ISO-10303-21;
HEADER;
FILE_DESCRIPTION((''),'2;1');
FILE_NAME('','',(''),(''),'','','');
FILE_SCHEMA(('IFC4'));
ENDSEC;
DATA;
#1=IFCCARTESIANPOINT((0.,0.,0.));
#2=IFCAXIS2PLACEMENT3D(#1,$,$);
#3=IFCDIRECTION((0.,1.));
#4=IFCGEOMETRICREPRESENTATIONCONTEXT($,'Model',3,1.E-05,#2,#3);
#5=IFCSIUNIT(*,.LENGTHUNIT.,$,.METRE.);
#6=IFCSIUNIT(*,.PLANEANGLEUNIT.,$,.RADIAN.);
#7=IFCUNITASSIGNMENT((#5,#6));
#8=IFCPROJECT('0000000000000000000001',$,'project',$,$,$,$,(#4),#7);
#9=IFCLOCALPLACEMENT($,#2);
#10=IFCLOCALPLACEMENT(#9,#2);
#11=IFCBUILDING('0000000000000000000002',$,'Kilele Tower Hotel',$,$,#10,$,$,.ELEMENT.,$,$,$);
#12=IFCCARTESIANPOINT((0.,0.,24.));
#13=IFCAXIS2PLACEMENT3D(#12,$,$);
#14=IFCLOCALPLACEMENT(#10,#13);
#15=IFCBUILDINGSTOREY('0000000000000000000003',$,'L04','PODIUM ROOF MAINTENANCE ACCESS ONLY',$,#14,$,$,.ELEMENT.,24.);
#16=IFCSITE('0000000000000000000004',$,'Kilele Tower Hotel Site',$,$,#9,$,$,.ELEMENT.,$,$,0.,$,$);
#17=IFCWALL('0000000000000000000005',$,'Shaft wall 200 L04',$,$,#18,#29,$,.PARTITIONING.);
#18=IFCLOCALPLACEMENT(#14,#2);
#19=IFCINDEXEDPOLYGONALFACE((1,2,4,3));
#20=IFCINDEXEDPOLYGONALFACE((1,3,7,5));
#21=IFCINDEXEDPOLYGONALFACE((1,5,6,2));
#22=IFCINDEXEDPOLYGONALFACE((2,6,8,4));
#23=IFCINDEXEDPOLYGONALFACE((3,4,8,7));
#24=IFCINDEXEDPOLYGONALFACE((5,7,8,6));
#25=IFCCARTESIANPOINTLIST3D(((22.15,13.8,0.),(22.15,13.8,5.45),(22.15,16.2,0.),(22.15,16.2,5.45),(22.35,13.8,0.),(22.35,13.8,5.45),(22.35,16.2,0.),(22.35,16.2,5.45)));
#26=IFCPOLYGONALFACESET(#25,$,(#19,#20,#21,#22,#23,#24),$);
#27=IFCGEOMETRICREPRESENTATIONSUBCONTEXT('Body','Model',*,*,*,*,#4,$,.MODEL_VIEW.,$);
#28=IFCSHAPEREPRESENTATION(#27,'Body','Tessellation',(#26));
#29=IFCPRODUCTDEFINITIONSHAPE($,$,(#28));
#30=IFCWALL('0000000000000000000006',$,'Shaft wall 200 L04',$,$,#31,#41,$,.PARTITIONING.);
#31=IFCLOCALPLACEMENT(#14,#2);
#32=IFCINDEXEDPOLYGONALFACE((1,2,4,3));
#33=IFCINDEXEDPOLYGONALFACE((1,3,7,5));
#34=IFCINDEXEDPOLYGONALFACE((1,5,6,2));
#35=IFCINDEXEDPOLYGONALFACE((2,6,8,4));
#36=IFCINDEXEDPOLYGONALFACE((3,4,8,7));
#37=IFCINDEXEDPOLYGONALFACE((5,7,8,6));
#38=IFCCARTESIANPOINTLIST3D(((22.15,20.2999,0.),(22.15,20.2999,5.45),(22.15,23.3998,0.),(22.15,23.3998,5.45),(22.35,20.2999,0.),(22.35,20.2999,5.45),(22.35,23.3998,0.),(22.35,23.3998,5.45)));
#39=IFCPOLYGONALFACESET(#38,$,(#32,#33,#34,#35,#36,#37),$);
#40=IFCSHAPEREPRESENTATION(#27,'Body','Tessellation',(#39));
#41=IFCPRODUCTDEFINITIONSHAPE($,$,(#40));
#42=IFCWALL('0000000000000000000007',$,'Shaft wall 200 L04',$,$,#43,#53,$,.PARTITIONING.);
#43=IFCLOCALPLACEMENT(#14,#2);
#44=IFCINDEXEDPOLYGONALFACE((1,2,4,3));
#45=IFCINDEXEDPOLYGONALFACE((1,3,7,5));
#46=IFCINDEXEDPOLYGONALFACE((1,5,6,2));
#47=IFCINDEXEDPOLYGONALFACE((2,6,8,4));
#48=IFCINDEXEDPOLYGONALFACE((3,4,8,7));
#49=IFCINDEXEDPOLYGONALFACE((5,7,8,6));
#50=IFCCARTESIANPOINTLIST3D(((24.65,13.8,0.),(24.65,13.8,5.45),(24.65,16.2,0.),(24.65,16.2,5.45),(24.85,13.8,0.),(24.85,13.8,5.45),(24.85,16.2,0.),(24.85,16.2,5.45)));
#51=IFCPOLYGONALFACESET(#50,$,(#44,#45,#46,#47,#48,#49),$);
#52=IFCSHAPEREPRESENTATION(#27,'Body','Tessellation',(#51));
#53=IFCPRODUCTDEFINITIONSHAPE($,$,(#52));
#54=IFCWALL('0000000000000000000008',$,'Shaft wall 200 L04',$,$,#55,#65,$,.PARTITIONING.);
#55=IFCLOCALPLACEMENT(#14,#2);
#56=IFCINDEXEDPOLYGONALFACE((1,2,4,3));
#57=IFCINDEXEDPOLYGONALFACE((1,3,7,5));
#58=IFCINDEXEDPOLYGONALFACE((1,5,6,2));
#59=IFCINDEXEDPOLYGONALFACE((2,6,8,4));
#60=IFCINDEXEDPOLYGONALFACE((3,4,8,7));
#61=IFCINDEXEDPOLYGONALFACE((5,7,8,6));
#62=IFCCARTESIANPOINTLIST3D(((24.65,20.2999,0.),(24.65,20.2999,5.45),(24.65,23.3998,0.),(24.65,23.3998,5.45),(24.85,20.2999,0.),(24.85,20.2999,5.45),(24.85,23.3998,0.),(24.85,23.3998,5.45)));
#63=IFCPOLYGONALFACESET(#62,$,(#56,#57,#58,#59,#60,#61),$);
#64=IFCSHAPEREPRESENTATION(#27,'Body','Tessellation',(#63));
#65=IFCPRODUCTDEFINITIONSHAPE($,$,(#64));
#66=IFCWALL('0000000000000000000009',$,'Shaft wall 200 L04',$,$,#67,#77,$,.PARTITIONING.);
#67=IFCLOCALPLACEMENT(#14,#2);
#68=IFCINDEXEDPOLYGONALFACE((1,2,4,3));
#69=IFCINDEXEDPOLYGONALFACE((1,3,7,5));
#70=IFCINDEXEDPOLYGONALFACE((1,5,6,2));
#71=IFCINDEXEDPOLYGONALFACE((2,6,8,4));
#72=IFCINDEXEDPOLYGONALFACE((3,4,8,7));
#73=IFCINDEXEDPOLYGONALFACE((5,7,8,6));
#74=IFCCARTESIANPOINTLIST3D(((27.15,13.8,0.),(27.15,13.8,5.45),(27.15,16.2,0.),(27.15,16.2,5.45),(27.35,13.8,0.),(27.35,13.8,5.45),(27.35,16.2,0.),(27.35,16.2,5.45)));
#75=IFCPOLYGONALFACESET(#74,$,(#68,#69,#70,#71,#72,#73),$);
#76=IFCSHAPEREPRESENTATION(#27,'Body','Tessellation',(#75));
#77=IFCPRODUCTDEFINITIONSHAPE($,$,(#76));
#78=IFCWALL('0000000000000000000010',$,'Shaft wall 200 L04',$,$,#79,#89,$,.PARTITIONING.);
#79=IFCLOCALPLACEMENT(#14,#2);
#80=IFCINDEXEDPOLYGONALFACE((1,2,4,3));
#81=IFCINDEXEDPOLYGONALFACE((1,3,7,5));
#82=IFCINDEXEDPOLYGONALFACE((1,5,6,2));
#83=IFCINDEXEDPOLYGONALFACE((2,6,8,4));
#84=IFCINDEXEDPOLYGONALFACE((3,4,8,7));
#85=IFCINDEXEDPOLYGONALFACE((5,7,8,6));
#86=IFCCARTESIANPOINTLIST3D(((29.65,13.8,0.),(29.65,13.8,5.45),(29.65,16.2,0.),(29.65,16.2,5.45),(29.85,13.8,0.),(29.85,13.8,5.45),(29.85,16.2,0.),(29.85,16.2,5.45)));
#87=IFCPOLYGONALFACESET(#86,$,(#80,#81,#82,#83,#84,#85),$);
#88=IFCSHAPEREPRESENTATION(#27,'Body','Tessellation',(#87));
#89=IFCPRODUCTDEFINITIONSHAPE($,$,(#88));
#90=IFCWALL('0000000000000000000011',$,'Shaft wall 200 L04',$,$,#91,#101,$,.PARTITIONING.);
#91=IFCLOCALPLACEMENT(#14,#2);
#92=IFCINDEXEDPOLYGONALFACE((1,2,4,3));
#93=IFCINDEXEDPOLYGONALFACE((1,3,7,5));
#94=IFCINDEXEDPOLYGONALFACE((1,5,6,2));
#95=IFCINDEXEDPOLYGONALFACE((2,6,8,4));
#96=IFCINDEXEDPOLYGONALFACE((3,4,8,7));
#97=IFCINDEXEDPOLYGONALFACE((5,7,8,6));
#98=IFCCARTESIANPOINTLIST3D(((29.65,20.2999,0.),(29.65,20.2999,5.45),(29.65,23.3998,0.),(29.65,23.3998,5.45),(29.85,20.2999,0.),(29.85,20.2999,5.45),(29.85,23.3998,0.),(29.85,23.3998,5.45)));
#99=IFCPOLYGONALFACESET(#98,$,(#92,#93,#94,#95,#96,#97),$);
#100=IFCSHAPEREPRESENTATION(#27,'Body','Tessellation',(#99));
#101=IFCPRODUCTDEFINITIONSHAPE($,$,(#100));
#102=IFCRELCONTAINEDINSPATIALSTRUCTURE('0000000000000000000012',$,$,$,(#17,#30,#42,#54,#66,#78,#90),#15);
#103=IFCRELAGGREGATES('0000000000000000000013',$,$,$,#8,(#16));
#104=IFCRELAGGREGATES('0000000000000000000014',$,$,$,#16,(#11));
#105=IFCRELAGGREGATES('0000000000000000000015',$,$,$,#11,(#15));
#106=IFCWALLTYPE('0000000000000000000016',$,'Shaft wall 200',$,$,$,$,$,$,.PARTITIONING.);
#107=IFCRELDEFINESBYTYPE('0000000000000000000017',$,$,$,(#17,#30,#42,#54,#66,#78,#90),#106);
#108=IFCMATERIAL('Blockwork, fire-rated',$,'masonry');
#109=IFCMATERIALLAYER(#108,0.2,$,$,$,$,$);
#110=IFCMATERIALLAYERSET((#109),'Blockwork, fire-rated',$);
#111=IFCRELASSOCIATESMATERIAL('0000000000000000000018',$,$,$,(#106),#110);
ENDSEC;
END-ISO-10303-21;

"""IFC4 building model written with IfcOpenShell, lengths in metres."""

from ifc_helpers import new_model, si_unit, direction, frame, frame_2d, origin, place, context, subcontext, project, spatial, rectangle, extrude, material, layer, layer_set, type_object, element, save


model = new_model("IFC4")

# Units and contexts
model_context = context("Model", 3, precision=1e-05, world=origin(), true_north=direction((0.0, 1.0)))
body_context = subcontext(model_context, "Body", "Model", "MODEL_VIEW")
ifc_project = project(units=[si_unit("LENGTHUNIT", "METRE"), si_unit("PLANEANGLEUNIT", "RADIAN")], contexts=[model_context])

# Site, building, storey
site_placement = place(None, origin())
site = spatial("IfcSite", under=ifc_project, at=site_placement, Name="Kilele Tower Hotel Site", CompositionType="ELEMENT", RefElevation=0.0)
building_placement = place(site_placement, origin())
building = spatial("IfcBuilding", under=site, at=building_placement, Name="Kilele Tower Hotel", CompositionType="ELEMENT")
storey_placement = place(building_placement, frame((0.0, 0.0, 24.0)))
storey = spatial("IfcBuildingStorey", under=building, at=storey_placement, Name="L04", Description="PODIUM ROOF MAINTENANCE ACCESS ONLY", CompositionType="ELEMENT", Elevation=24.0)

# Walls
ifc_material_1 = material(Name="Blockwork, fire-rated", Category="masonry")
ifc_layer_1 = layer(ifc_material_1, 0.2)
ifc_layer_set_1 = layer_set([ifc_layer_1], Name="Blockwork, fire-rated")
wall_type_1 = type_object("IfcWallType", Name="Shaft wall 200", PredefinedType="PARTITIONING", material=ifc_layer_set_1)
wall_1_placement = place(storey_placement, frame((22.25, 13.8, 0.0), z_axis=(0.0, 0.0, 1.0), x_axis=(0.0, 1.0, 0.0)))
element("IfcWall", 1, at=wall_1_placement, inside=storey, type_object=wall_type_1, Name="Shaft wall 200 L04", PredefinedType="PARTITIONING", context=body_context, shape_type="SweptSolid", body=[
    extrude(rectangle(XDim=2.3999, YDim=0.2, at=frame_2d((1.2, 0.0))), origin(), (0.0, 0.0, 1.0), 5.45),
])
wall_2_placement = place(storey_placement, frame((22.25, 20.3, 0.0), z_axis=(0.0, 0.0, 1.0), x_axis=(0.0, 1.0, 0.0)))
element("IfcWall", 2, at=wall_2_placement, inside=storey, type_object=wall_type_1, Name="Shaft wall 200 L04", PredefinedType="PARTITIONING", context=body_context, shape_type="SweptSolid", body=[
    extrude(rectangle(XDim=3.0999, YDim=0.2, at=frame_2d((1.5498, 0.0))), origin(), (0.0, 0.0, 1.0), 5.45),
])
wall_3_placement = place(storey_placement, frame((24.75, 13.8, 0.0), z_axis=(0.0, 0.0, 1.0), x_axis=(0.0, 1.0, 0.0)))
element("IfcWall", 3, at=wall_3_placement, inside=storey, type_object=wall_type_1, Name="Shaft wall 200 L04", PredefinedType="PARTITIONING", context=body_context, shape_type="SweptSolid", body=[
    extrude(rectangle(XDim=2.3999, YDim=0.2, at=frame_2d((1.2, 0.0))), origin(), (0.0, 0.0, 1.0), 5.45),
])
wall_4_placement = place(storey_placement, frame((24.75, 20.3, 0.0), z_axis=(0.0, 0.0, 1.0), x_axis=(0.0, 1.0, 0.0)))
element("IfcWall", 4, at=wall_4_placement, inside=storey, type_object=wall_type_1, Name="Shaft wall 200 L04", PredefinedType="PARTITIONING", context=body_context, shape_type="SweptSolid", body=[
    extrude(rectangle(XDim=3.0999, YDim=0.2, at=frame_2d((1.5498, 0.0))), origin(), (0.0, 0.0, 1.0), 5.45),
])
for number, where, z_axis, x_axis, name in (
    (5, (27.25, 13.8, 0.0), (0.0, 0.0, 1.0), (0.0, 1.0, 0.0), "Shaft wall 200 L04"),
    (6, (29.75, 13.8, 0.0), (0.0, 0.0, 1.0), (0.0, 1.0, 0.0), "Shaft wall 200 L04"),
):
    element("IfcWall", number, at=place(storey_placement, frame(where, z_axis=z_axis, x_axis=x_axis)), inside=storey, type_object=wall_type_1, Name=name, PredefinedType="PARTITIONING", context=body_context, shape_type="SweptSolid", body=[
        extrude(rectangle(XDim=2.3999, YDim=0.2, at=frame_2d((1.2, 0.0))), origin(), (0.0, 0.0, 1.0), 5.45),
    ])
wall_5_placement = place(storey_placement, frame((29.75, 20.3, 0.0), z_axis=(0.0, 0.0, 1.0), x_axis=(0.0, 1.0, 0.0)))
element("IfcWall", 7, at=wall_5_placement, inside=storey, type_object=wall_type_1, Name="Shaft wall 200 L04", PredefinedType="PARTITIONING", context=body_context, shape_type="SweptSolid", body=[
    extrude(rectangle(XDim=3.0999, YDim=0.2, at=frame_2d((1.5498, 0.0))), origin(), (0.0, 0.0, 1.0), 5.45),
])

save(model, "model.ifc")
